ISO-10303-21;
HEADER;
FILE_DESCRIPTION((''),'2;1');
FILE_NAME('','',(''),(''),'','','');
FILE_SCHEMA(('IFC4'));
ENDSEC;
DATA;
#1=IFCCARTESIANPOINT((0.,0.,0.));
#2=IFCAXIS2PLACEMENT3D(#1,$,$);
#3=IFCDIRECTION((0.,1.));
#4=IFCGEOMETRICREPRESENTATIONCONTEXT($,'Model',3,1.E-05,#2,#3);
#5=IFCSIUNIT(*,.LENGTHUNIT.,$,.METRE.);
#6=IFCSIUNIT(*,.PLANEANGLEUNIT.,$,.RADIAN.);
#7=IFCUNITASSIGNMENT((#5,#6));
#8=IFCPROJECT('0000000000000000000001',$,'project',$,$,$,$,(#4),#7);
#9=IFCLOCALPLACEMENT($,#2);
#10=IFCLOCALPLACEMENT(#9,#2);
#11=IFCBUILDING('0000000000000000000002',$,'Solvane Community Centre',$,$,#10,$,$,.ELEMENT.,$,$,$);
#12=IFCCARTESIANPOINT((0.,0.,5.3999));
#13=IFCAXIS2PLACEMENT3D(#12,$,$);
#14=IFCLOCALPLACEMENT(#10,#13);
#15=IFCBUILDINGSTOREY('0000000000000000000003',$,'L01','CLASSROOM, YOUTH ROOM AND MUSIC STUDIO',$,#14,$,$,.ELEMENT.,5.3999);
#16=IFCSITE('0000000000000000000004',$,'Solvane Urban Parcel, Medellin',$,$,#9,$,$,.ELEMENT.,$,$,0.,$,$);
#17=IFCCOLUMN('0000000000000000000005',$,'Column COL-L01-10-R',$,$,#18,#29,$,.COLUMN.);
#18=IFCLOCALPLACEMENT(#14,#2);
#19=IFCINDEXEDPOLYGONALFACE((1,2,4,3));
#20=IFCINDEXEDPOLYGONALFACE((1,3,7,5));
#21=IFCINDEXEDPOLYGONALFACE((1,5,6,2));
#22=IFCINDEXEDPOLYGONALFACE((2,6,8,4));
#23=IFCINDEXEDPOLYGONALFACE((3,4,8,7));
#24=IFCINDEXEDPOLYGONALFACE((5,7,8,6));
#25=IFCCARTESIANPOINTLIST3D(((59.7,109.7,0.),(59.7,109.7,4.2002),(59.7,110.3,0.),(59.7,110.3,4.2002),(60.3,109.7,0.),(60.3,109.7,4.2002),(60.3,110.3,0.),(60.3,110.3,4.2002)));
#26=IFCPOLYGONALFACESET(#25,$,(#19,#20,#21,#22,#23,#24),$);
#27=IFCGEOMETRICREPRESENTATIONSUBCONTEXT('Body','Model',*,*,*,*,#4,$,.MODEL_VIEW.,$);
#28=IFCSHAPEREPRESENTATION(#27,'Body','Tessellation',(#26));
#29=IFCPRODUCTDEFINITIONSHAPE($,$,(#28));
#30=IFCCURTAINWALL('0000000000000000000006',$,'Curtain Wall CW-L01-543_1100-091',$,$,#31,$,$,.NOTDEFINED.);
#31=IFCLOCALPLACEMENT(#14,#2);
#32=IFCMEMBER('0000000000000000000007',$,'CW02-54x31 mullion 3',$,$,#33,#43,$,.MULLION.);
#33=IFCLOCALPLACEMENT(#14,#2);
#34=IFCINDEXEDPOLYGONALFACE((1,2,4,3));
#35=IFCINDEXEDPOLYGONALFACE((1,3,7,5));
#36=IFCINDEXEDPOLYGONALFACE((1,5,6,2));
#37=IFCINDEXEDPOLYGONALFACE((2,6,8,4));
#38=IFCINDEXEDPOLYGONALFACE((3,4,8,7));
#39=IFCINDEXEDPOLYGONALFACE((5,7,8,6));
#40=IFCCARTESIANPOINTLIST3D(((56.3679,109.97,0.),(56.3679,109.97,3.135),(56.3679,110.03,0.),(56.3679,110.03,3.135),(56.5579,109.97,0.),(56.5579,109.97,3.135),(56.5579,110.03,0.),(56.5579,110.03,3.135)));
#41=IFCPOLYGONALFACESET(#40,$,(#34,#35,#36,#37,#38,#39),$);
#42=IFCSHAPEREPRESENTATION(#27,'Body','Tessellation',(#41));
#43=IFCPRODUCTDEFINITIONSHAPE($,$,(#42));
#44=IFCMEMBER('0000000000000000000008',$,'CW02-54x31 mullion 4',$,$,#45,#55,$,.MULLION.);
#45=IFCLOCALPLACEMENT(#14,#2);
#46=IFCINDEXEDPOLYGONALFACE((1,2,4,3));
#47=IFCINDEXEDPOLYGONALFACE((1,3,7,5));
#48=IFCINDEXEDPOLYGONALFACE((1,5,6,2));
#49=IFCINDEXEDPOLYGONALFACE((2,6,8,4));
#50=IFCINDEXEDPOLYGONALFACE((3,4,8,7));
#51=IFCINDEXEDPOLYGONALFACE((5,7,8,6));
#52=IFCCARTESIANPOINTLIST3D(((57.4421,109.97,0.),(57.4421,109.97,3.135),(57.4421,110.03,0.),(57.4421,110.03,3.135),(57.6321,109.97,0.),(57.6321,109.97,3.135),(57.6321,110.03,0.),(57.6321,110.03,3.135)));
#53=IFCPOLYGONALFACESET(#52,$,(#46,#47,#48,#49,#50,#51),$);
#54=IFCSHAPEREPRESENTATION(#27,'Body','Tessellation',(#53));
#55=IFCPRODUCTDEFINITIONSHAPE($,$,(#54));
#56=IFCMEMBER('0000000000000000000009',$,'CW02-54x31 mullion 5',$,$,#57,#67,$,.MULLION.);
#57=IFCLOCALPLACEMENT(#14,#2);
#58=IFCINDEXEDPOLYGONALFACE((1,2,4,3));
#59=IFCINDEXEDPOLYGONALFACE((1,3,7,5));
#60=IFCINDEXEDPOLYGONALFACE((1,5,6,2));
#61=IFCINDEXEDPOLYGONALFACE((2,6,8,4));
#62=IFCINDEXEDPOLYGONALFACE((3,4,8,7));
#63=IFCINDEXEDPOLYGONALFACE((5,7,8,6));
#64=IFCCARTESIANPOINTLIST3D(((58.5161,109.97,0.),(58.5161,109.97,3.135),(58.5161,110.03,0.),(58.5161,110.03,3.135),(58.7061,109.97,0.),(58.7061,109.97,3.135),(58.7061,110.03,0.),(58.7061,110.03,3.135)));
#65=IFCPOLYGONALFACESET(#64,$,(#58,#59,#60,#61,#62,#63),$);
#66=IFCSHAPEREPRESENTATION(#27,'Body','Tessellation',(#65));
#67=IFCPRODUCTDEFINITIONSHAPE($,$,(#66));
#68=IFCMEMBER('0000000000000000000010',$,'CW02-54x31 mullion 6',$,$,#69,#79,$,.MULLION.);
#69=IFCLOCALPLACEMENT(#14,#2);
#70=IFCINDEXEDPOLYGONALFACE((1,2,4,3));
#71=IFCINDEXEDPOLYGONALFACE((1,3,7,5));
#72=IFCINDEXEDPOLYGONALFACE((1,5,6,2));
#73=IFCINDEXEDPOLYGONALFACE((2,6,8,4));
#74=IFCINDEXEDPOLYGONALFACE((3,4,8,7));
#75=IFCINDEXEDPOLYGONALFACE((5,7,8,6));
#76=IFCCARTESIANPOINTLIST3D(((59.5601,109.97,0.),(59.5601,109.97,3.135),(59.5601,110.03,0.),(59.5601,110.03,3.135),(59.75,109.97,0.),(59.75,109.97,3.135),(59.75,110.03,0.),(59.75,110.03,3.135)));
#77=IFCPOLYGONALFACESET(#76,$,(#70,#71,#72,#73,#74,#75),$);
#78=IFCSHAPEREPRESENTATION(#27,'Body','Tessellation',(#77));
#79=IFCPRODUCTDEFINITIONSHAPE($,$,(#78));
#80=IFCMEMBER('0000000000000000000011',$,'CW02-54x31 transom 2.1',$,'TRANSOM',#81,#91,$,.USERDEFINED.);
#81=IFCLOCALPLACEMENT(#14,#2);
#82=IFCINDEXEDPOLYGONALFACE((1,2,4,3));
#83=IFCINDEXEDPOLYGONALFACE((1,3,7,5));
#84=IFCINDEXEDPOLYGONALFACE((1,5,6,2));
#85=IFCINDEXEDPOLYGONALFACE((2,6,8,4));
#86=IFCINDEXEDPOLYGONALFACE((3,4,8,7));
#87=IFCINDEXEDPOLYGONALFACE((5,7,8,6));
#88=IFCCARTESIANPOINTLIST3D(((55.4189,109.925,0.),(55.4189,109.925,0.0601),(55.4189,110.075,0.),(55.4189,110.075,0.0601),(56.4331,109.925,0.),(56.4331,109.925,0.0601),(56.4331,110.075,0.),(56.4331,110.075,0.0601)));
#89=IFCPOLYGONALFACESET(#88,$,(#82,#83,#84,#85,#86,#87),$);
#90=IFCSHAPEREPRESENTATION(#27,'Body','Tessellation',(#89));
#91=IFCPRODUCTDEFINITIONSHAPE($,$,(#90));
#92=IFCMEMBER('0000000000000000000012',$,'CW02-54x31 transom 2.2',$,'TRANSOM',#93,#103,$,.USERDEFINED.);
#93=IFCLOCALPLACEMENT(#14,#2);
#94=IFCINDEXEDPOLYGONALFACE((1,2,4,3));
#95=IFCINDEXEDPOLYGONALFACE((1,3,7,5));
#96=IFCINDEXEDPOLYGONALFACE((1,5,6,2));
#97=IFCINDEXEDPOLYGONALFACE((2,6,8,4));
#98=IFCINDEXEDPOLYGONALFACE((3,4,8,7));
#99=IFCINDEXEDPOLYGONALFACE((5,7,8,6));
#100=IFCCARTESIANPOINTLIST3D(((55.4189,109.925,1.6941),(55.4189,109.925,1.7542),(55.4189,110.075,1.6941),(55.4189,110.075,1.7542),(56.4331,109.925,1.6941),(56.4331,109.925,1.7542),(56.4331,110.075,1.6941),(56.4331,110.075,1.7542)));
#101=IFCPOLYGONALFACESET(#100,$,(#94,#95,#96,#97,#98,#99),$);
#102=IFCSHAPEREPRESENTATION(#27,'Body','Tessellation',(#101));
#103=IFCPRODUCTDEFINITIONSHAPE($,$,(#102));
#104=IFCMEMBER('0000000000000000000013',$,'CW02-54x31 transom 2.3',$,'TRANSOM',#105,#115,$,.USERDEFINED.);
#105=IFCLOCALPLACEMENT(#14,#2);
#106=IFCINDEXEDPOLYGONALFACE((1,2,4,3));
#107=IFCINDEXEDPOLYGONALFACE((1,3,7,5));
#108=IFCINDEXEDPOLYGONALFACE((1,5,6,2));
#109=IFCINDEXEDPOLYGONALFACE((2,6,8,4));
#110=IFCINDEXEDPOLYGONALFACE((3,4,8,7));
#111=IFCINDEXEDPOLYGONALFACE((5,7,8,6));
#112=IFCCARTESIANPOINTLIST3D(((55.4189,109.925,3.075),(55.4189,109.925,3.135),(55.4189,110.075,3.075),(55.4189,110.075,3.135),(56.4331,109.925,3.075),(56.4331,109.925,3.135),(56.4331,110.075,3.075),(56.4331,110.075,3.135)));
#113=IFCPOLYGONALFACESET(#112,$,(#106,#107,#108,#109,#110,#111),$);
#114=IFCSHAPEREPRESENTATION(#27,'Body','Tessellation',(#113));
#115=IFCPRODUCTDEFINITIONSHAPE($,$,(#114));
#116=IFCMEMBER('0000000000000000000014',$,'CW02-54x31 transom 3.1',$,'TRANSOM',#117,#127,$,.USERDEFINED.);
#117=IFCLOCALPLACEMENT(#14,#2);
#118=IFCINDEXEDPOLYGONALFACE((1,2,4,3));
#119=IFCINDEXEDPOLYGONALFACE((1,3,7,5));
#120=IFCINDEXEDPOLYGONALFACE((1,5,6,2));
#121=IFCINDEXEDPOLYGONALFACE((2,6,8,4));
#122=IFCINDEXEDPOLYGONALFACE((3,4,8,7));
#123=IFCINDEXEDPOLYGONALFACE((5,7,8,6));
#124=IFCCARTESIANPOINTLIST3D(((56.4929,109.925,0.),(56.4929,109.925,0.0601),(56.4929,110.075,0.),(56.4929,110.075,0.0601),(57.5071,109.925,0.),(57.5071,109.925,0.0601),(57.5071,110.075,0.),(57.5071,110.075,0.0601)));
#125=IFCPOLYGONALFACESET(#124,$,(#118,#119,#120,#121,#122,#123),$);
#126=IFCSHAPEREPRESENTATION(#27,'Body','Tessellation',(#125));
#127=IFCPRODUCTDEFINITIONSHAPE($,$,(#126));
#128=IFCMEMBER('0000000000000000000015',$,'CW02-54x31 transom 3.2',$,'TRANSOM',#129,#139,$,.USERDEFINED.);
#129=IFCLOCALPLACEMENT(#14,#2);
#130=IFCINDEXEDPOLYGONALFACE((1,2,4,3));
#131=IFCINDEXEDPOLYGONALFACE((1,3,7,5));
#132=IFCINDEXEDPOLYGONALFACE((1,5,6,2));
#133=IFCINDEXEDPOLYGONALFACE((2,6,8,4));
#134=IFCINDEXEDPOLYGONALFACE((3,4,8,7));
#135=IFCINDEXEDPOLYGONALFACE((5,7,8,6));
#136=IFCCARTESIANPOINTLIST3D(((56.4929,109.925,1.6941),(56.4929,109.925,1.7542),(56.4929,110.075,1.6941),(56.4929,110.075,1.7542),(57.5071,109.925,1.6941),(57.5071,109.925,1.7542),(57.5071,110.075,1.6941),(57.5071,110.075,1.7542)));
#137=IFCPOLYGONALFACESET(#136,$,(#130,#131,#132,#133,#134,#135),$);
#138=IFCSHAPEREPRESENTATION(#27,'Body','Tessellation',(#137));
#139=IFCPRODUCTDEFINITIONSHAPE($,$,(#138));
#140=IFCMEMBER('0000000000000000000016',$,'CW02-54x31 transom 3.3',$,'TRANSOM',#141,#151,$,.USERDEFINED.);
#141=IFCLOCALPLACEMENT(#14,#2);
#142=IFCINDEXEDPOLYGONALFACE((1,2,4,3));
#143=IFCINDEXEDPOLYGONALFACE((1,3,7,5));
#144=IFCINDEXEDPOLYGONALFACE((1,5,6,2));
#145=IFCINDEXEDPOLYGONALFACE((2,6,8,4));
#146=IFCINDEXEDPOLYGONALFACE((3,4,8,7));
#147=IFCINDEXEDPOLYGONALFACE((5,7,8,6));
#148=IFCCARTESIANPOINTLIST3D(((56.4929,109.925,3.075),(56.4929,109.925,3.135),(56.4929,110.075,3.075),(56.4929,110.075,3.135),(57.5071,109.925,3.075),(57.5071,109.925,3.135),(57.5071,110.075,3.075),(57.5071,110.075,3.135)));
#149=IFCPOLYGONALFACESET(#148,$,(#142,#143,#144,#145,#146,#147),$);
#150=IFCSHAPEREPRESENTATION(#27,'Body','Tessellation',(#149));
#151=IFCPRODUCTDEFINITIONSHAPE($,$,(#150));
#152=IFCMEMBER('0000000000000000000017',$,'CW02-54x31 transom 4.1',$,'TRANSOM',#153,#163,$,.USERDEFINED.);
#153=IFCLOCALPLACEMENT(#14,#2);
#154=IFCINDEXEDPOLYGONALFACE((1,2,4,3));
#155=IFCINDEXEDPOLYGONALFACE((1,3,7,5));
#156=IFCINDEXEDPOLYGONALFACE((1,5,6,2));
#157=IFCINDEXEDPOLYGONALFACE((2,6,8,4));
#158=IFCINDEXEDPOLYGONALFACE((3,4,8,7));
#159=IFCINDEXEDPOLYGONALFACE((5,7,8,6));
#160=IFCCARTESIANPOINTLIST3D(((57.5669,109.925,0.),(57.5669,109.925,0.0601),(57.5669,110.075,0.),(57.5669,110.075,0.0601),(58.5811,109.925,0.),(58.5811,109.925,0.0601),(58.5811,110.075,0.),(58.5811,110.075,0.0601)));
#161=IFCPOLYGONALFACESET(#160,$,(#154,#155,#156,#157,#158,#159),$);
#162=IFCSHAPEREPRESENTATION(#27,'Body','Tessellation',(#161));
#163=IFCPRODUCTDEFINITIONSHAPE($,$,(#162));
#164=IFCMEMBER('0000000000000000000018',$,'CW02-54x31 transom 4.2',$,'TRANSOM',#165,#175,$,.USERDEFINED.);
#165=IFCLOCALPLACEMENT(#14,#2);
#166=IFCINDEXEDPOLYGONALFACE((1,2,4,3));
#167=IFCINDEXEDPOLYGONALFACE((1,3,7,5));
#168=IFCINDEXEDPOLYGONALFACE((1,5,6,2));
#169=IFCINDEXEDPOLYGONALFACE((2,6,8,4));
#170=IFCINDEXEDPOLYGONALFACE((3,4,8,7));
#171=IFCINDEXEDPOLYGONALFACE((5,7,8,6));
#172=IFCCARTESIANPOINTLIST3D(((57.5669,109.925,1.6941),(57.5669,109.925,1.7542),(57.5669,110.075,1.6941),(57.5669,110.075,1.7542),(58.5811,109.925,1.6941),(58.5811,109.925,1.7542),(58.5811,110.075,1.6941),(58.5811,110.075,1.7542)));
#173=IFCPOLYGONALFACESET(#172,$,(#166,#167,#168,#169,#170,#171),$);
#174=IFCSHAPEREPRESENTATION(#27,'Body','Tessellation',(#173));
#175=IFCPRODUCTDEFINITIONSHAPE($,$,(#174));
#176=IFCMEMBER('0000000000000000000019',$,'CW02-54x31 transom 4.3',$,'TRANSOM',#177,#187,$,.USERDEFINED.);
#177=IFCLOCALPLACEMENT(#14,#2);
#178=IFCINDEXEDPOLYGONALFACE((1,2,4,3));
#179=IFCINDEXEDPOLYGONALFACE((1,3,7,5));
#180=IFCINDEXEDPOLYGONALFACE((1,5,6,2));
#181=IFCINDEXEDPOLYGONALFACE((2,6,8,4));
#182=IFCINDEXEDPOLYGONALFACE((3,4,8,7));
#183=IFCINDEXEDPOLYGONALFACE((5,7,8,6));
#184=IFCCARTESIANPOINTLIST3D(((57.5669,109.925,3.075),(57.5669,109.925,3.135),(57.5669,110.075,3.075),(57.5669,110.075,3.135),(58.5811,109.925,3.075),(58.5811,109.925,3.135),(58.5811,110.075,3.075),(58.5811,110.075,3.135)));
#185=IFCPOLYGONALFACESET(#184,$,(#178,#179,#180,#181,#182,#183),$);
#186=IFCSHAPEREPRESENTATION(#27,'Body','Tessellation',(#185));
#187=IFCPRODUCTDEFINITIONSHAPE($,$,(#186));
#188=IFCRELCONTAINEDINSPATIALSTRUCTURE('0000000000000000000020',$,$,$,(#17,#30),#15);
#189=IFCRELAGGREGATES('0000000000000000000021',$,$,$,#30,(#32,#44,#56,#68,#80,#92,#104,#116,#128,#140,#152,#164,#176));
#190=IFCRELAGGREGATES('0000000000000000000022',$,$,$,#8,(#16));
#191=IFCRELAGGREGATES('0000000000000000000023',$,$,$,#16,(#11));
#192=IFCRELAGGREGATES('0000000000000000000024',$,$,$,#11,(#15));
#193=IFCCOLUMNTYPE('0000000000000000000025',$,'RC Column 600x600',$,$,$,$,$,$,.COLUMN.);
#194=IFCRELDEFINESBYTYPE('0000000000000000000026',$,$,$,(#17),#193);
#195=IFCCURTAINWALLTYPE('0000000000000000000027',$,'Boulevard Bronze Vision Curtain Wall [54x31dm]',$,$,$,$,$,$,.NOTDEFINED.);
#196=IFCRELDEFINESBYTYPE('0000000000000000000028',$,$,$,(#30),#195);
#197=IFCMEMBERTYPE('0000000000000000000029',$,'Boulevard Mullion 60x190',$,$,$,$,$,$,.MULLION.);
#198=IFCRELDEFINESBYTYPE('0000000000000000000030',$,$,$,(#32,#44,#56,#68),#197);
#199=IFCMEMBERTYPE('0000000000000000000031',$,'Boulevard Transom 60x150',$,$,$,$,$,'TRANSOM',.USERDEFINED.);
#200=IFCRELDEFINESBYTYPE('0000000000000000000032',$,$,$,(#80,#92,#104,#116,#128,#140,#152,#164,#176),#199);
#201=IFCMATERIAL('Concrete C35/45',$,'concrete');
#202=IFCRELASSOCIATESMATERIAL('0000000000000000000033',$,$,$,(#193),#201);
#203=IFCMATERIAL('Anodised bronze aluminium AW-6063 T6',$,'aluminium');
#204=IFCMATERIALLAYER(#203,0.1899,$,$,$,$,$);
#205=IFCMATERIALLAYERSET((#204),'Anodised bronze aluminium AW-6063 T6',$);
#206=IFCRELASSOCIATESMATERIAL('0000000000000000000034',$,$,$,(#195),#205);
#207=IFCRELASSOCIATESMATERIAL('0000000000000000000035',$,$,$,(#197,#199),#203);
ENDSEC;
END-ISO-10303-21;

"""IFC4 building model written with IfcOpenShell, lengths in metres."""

from ifc_helpers import new_model, si_unit, direction, frame, origin, origin_2d, place, context, subcontext, project, spatial, rectangle, extrude, material, layer, layer_set, material_profile, profile_set, type_object, element, aggregate, save


model = new_model("IFC4")

# Units and contexts
model_context = context("Model", 3, precision=1e-05, world=origin(), true_north=direction((0.0, 1.0)))
body_context = subcontext(model_context, "Body", "Model", "MODEL_VIEW")
ifc_project = project(units=[si_unit("LENGTHUNIT", "METRE"), si_unit("PLANEANGLEUNIT", "RADIAN")], contexts=[model_context])

# Site, building, storey
site_placement = place(None, origin())
site = spatial("IfcSite", under=ifc_project, at=site_placement, Name="Solvane Urban Parcel, Medellin", CompositionType="ELEMENT", RefElevation=0.0)
building_placement = place(site_placement, origin())
building = spatial("IfcBuilding", under=site, at=building_placement, Name="Solvane Community Centre", CompositionType="ELEMENT")
storey_placement = place(building_placement, frame((0.0, 0.0, 5.3999)))
storey = spatial("IfcBuildingStorey", under=building, at=storey_placement, Name="L01", Description="CLASSROOM, YOUTH ROOM AND MUSIC STUDIO", CompositionType="ELEMENT", Elevation=5.3999)

# Column
ifc_material_1 = material(Name="Concrete C35/45", Category="concrete")
ifc_material_profile_1 = material_profile(ifc_material_1, rectangle(XDim=0.6001, YDim=0.6001, at=origin_2d()), Name="RC 600x600")
ifc_profile_set_1 = profile_set([ifc_material_profile_1], Name="Concrete C35/45")
column_type = type_object("IfcColumnType", Name="RC Column 600x600", PredefinedType="COLUMN", material=ifc_profile_set_1)
column_placement = place(storey_placement, frame((60.0, 110.0, 0.0), z_axis=(0.0, 0.0, 1.0), x_axis=(1.0, 0.0, 0.0)))
element("IfcColumn", 1, at=column_placement, inside=storey, type_object=column_type, Name="Column COL-L01-10-R", PredefinedType="COLUMN", context=body_context, shape_type="SweptSolid", body=[
    extrude(rectangle(XDim=0.6001, YDim=0.6001, at=origin_2d()), origin(), (0.0, 0.0, 1.0), 4.2002),
])

# Curtain wall, members
ifc_material_2 = material(Name="Anodised bronze aluminium AW-6063 T6", Category="aluminium")
ifc_layer_1 = layer(ifc_material_2, 0.1899)
ifc_layer_set_1 = layer_set([ifc_layer_1], Name="Anodised bronze aluminium AW-6063 T6")
curtain_wall_type = type_object("IfcCurtainWallType", Name="Boulevard Bronze Vision Curtain Wall [54x31dm]", PredefinedType="NOTDEFINED", material=ifc_layer_set_1)
curtain_wall_placement = place(storey_placement, origin())
curtain_wall = element("IfcCurtainWall", 2, at=curtain_wall_placement, inside=storey, type_object=curtain_wall_type, Name="Curtain Wall CW-L01-543_1100-091", PredefinedType="NOTDEFINED")
ifc_material_profile_2 = material_profile(ifc_material_2, rectangle(XDim=0.0601, YDim=0.1899, at=origin_2d()), Name="CW-M 60x190")
ifc_profile_set_2 = profile_set([ifc_material_profile_2], Name="Anodised bronze aluminium AW-6063 T6")
member_type_1 = type_object("IfcMemberType", Name="Boulevard Mullion 60x190", PredefinedType="MULLION", material=ifc_profile_set_2)
member_1_placement = place(storey_placement, frame((56.4629, 110.0, 0.0), z_axis=(0.0, 0.0, 1.0), x_axis=(0.0, 1.0, 0.0)))
member_1 = element("IfcMember", 3, at=member_1_placement, type_object=member_type_1, Name="CW02-54x31 mullion 3", PredefinedType="MULLION", context=body_context, shape_type="SweptSolid", body=[
    extrude(rectangle(XDim=0.0601, YDim=0.1899, at=origin_2d()), origin(), (0.0, 0.0, 1.0), 3.135),
])
member_2_placement = place(storey_placement, frame((57.5371, 110.0, 0.0), z_axis=(0.0, 0.0, 1.0), x_axis=(0.0, 1.0, 0.0)))
member_2 = element("IfcMember", 4, at=member_2_placement, type_object=member_type_1, Name="CW02-54x31 mullion 4", PredefinedType="MULLION", context=body_context, shape_type="SweptSolid", body=[
    extrude(rectangle(XDim=0.0601, YDim=0.1899, at=origin_2d()), origin(), (0.0, 0.0, 1.0), 3.135),
])
member_3_placement = place(storey_placement, frame((58.6111, 110.0, 0.0), z_axis=(0.0, 0.0, 1.0), x_axis=(0.0, 1.0, 0.0)))
member_3 = element("IfcMember", 5, at=member_3_placement, type_object=member_type_1, Name="CW02-54x31 mullion 5", PredefinedType="MULLION", context=body_context, shape_type="SweptSolid", body=[
    extrude(rectangle(XDim=0.0601, YDim=0.1899, at=origin_2d()), origin(), (0.0, 0.0, 1.0), 3.135),
])
member_4_placement = place(storey_placement, frame((59.655, 110.0, 0.0), z_axis=(0.0, 0.0, 1.0), x_axis=(0.0, 1.0, 0.0)))
member_4 = element("IfcMember", 6, at=member_4_placement, type_object=member_type_1, Name="CW02-54x31 mullion 6", PredefinedType="MULLION", context=body_context, shape_type="SweptSolid", body=[
    extrude(rectangle(XDim=0.0601, YDim=0.1899, at=origin_2d()), origin(), (0.0, 0.0, 1.0), 3.135),
])
ifc_material_profile_3 = material_profile(ifc_material_2, rectangle(XDim=0.1499, YDim=0.0601, at=origin_2d()), Name="CW-T 60x150")
ifc_profile_set_3 = profile_set([ifc_material_profile_3], Name="Anodised bronze aluminium AW-6063 T6")
member_type_2 = type_object("IfcMemberType", Name="Boulevard Transom 60x150", ElementType="TRANSOM", PredefinedType="USERDEFINED", material=ifc_profile_set_3)
member_5_placement = place(storey_placement, frame((55.4189, 110.0, 0.03), z_axis=(1.0, 0.0, 0.0), x_axis=(0.0, 1.0, 0.0)))
member_5 = element("IfcMember", 7, at=member_5_placement, type_object=member_type_2, Name="CW02-54x31 transom 2.1", ObjectType="TRANSOM", PredefinedType="USERDEFINED", context=body_context, shape_type="SweptSolid", body=[
    extrude(rectangle(XDim=0.1499, YDim=0.0601, at=origin_2d()), origin(), (0.0, 0.0, 1.0), 1.0142),
])
member_6_placement = place(storey_placement, frame((55.4189, 110.0, 1.7241), z_axis=(1.0, 0.0, 0.0), x_axis=(0.0, 1.0, 0.0)))
member_6 = element("IfcMember", 8, at=member_6_placement, type_object=member_type_2, Name="CW02-54x31 transom 2.2", ObjectType="TRANSOM", PredefinedType="USERDEFINED", context=body_context, shape_type="SweptSolid", body=[
    extrude(rectangle(XDim=0.1499, YDim=0.0601, at=origin_2d()), origin(), (0.0, 0.0, 1.0), 1.0142),
])
member_7_placement = place(storey_placement, frame((55.4189, 110.0, 3.105), z_axis=(1.0, 0.0, 0.0), x_axis=(0.0, 1.0, 0.0)))
member_7 = element("IfcMember", 9, at=member_7_placement, type_object=member_type_2, Name="CW02-54x31 transom 2.3", ObjectType="TRANSOM", PredefinedType="USERDEFINED", context=body_context, shape_type="SweptSolid", body=[
    extrude(rectangle(XDim=0.1499, YDim=0.0601, at=origin_2d()), origin(), (0.0, 0.0, 1.0), 1.0142),
])
member_8_placement = place(storey_placement, frame((56.4929, 110.0, 0.03), z_axis=(1.0, 0.0, 0.0), x_axis=(0.0, 1.0, 0.0)))
member_8 = element("IfcMember", 10, at=member_8_placement, type_object=member_type_2, Name="CW02-54x31 transom 3.1", ObjectType="TRANSOM", PredefinedType="USERDEFINED", context=body_context, shape_type="SweptSolid", body=[
    extrude(rectangle(XDim=0.1499, YDim=0.0601, at=origin_2d()), origin(), (0.0, 0.0, 1.0), 1.0142),
])
member_9_placement = place(storey_placement, frame((56.4929, 110.0, 1.7241), z_axis=(1.0, 0.0, 0.0), x_axis=(0.0, 1.0, 0.0)))
member_9 = element("IfcMember", 11, at=member_9_placement, type_object=member_type_2, Name="CW02-54x31 transom 3.2", ObjectType="TRANSOM", PredefinedType="USERDEFINED", context=body_context, shape_type="SweptSolid", body=[
    extrude(rectangle(XDim=0.1499, YDim=0.0601, at=origin_2d()), origin(), (0.0, 0.0, 1.0), 1.0142),
])
member_10_placement = place(storey_placement, frame((56.4929, 110.0, 3.105), z_axis=(1.0, 0.0, 0.0), x_axis=(0.0, 1.0, 0.0)))
member_10 = element("IfcMember", 12, at=member_10_placement, type_object=member_type_2, Name="CW02-54x31 transom 3.3", ObjectType="TRANSOM", PredefinedType="USERDEFINED", context=body_context, shape_type="SweptSolid", body=[
    extrude(rectangle(XDim=0.1499, YDim=0.0601, at=origin_2d()), origin(), (0.0, 0.0, 1.0), 1.0142),
])
member_11_placement = place(storey_placement, frame((57.5669, 110.0, 0.03), z_axis=(1.0, 0.0, 0.0), x_axis=(0.0, 1.0, 0.0)))
member_11 = element("IfcMember", 13, at=member_11_placement, type_object=member_type_2, Name="CW02-54x31 transom 4.1", ObjectType="TRANSOM", PredefinedType="USERDEFINED", context=body_context, shape_type="SweptSolid", body=[
    extrude(rectangle(XDim=0.1499, YDim=0.0601, at=origin_2d()), origin(), (0.0, 0.0, 1.0), 1.0142),
])
member_12_placement = place(storey_placement, frame((57.5669, 110.0, 1.7241), z_axis=(1.0, 0.0, 0.0), x_axis=(0.0, 1.0, 0.0)))
member_12 = element("IfcMember", 14, at=member_12_placement, type_object=member_type_2, Name="CW02-54x31 transom 4.2", ObjectType="TRANSOM", PredefinedType="USERDEFINED", context=body_context, shape_type="SweptSolid", body=[
    extrude(rectangle(XDim=0.1499, YDim=0.0601, at=origin_2d()), origin(), (0.0, 0.0, 1.0), 1.0142),
])
member_13_placement = place(storey_placement, frame((57.5669, 110.0, 3.105), z_axis=(1.0, 0.0, 0.0), x_axis=(0.0, 1.0, 0.0)))
member_13 = element("IfcMember", 15, at=member_13_placement, type_object=member_type_2, Name="CW02-54x31 transom 4.3", ObjectType="TRANSOM", PredefinedType="USERDEFINED", context=body_context, shape_type="SweptSolid", body=[
    extrude(rectangle(XDim=0.1499, YDim=0.0601, at=origin_2d()), origin(), (0.0, 0.0, 1.0), 1.0142),
])

aggregate(curtain_wall, [member_1, member_2, member_3, member_4, member_5, member_6, member_7, member_8, member_9, member_10, member_11, member_12, member_13])

save(model, "model.ifc")
